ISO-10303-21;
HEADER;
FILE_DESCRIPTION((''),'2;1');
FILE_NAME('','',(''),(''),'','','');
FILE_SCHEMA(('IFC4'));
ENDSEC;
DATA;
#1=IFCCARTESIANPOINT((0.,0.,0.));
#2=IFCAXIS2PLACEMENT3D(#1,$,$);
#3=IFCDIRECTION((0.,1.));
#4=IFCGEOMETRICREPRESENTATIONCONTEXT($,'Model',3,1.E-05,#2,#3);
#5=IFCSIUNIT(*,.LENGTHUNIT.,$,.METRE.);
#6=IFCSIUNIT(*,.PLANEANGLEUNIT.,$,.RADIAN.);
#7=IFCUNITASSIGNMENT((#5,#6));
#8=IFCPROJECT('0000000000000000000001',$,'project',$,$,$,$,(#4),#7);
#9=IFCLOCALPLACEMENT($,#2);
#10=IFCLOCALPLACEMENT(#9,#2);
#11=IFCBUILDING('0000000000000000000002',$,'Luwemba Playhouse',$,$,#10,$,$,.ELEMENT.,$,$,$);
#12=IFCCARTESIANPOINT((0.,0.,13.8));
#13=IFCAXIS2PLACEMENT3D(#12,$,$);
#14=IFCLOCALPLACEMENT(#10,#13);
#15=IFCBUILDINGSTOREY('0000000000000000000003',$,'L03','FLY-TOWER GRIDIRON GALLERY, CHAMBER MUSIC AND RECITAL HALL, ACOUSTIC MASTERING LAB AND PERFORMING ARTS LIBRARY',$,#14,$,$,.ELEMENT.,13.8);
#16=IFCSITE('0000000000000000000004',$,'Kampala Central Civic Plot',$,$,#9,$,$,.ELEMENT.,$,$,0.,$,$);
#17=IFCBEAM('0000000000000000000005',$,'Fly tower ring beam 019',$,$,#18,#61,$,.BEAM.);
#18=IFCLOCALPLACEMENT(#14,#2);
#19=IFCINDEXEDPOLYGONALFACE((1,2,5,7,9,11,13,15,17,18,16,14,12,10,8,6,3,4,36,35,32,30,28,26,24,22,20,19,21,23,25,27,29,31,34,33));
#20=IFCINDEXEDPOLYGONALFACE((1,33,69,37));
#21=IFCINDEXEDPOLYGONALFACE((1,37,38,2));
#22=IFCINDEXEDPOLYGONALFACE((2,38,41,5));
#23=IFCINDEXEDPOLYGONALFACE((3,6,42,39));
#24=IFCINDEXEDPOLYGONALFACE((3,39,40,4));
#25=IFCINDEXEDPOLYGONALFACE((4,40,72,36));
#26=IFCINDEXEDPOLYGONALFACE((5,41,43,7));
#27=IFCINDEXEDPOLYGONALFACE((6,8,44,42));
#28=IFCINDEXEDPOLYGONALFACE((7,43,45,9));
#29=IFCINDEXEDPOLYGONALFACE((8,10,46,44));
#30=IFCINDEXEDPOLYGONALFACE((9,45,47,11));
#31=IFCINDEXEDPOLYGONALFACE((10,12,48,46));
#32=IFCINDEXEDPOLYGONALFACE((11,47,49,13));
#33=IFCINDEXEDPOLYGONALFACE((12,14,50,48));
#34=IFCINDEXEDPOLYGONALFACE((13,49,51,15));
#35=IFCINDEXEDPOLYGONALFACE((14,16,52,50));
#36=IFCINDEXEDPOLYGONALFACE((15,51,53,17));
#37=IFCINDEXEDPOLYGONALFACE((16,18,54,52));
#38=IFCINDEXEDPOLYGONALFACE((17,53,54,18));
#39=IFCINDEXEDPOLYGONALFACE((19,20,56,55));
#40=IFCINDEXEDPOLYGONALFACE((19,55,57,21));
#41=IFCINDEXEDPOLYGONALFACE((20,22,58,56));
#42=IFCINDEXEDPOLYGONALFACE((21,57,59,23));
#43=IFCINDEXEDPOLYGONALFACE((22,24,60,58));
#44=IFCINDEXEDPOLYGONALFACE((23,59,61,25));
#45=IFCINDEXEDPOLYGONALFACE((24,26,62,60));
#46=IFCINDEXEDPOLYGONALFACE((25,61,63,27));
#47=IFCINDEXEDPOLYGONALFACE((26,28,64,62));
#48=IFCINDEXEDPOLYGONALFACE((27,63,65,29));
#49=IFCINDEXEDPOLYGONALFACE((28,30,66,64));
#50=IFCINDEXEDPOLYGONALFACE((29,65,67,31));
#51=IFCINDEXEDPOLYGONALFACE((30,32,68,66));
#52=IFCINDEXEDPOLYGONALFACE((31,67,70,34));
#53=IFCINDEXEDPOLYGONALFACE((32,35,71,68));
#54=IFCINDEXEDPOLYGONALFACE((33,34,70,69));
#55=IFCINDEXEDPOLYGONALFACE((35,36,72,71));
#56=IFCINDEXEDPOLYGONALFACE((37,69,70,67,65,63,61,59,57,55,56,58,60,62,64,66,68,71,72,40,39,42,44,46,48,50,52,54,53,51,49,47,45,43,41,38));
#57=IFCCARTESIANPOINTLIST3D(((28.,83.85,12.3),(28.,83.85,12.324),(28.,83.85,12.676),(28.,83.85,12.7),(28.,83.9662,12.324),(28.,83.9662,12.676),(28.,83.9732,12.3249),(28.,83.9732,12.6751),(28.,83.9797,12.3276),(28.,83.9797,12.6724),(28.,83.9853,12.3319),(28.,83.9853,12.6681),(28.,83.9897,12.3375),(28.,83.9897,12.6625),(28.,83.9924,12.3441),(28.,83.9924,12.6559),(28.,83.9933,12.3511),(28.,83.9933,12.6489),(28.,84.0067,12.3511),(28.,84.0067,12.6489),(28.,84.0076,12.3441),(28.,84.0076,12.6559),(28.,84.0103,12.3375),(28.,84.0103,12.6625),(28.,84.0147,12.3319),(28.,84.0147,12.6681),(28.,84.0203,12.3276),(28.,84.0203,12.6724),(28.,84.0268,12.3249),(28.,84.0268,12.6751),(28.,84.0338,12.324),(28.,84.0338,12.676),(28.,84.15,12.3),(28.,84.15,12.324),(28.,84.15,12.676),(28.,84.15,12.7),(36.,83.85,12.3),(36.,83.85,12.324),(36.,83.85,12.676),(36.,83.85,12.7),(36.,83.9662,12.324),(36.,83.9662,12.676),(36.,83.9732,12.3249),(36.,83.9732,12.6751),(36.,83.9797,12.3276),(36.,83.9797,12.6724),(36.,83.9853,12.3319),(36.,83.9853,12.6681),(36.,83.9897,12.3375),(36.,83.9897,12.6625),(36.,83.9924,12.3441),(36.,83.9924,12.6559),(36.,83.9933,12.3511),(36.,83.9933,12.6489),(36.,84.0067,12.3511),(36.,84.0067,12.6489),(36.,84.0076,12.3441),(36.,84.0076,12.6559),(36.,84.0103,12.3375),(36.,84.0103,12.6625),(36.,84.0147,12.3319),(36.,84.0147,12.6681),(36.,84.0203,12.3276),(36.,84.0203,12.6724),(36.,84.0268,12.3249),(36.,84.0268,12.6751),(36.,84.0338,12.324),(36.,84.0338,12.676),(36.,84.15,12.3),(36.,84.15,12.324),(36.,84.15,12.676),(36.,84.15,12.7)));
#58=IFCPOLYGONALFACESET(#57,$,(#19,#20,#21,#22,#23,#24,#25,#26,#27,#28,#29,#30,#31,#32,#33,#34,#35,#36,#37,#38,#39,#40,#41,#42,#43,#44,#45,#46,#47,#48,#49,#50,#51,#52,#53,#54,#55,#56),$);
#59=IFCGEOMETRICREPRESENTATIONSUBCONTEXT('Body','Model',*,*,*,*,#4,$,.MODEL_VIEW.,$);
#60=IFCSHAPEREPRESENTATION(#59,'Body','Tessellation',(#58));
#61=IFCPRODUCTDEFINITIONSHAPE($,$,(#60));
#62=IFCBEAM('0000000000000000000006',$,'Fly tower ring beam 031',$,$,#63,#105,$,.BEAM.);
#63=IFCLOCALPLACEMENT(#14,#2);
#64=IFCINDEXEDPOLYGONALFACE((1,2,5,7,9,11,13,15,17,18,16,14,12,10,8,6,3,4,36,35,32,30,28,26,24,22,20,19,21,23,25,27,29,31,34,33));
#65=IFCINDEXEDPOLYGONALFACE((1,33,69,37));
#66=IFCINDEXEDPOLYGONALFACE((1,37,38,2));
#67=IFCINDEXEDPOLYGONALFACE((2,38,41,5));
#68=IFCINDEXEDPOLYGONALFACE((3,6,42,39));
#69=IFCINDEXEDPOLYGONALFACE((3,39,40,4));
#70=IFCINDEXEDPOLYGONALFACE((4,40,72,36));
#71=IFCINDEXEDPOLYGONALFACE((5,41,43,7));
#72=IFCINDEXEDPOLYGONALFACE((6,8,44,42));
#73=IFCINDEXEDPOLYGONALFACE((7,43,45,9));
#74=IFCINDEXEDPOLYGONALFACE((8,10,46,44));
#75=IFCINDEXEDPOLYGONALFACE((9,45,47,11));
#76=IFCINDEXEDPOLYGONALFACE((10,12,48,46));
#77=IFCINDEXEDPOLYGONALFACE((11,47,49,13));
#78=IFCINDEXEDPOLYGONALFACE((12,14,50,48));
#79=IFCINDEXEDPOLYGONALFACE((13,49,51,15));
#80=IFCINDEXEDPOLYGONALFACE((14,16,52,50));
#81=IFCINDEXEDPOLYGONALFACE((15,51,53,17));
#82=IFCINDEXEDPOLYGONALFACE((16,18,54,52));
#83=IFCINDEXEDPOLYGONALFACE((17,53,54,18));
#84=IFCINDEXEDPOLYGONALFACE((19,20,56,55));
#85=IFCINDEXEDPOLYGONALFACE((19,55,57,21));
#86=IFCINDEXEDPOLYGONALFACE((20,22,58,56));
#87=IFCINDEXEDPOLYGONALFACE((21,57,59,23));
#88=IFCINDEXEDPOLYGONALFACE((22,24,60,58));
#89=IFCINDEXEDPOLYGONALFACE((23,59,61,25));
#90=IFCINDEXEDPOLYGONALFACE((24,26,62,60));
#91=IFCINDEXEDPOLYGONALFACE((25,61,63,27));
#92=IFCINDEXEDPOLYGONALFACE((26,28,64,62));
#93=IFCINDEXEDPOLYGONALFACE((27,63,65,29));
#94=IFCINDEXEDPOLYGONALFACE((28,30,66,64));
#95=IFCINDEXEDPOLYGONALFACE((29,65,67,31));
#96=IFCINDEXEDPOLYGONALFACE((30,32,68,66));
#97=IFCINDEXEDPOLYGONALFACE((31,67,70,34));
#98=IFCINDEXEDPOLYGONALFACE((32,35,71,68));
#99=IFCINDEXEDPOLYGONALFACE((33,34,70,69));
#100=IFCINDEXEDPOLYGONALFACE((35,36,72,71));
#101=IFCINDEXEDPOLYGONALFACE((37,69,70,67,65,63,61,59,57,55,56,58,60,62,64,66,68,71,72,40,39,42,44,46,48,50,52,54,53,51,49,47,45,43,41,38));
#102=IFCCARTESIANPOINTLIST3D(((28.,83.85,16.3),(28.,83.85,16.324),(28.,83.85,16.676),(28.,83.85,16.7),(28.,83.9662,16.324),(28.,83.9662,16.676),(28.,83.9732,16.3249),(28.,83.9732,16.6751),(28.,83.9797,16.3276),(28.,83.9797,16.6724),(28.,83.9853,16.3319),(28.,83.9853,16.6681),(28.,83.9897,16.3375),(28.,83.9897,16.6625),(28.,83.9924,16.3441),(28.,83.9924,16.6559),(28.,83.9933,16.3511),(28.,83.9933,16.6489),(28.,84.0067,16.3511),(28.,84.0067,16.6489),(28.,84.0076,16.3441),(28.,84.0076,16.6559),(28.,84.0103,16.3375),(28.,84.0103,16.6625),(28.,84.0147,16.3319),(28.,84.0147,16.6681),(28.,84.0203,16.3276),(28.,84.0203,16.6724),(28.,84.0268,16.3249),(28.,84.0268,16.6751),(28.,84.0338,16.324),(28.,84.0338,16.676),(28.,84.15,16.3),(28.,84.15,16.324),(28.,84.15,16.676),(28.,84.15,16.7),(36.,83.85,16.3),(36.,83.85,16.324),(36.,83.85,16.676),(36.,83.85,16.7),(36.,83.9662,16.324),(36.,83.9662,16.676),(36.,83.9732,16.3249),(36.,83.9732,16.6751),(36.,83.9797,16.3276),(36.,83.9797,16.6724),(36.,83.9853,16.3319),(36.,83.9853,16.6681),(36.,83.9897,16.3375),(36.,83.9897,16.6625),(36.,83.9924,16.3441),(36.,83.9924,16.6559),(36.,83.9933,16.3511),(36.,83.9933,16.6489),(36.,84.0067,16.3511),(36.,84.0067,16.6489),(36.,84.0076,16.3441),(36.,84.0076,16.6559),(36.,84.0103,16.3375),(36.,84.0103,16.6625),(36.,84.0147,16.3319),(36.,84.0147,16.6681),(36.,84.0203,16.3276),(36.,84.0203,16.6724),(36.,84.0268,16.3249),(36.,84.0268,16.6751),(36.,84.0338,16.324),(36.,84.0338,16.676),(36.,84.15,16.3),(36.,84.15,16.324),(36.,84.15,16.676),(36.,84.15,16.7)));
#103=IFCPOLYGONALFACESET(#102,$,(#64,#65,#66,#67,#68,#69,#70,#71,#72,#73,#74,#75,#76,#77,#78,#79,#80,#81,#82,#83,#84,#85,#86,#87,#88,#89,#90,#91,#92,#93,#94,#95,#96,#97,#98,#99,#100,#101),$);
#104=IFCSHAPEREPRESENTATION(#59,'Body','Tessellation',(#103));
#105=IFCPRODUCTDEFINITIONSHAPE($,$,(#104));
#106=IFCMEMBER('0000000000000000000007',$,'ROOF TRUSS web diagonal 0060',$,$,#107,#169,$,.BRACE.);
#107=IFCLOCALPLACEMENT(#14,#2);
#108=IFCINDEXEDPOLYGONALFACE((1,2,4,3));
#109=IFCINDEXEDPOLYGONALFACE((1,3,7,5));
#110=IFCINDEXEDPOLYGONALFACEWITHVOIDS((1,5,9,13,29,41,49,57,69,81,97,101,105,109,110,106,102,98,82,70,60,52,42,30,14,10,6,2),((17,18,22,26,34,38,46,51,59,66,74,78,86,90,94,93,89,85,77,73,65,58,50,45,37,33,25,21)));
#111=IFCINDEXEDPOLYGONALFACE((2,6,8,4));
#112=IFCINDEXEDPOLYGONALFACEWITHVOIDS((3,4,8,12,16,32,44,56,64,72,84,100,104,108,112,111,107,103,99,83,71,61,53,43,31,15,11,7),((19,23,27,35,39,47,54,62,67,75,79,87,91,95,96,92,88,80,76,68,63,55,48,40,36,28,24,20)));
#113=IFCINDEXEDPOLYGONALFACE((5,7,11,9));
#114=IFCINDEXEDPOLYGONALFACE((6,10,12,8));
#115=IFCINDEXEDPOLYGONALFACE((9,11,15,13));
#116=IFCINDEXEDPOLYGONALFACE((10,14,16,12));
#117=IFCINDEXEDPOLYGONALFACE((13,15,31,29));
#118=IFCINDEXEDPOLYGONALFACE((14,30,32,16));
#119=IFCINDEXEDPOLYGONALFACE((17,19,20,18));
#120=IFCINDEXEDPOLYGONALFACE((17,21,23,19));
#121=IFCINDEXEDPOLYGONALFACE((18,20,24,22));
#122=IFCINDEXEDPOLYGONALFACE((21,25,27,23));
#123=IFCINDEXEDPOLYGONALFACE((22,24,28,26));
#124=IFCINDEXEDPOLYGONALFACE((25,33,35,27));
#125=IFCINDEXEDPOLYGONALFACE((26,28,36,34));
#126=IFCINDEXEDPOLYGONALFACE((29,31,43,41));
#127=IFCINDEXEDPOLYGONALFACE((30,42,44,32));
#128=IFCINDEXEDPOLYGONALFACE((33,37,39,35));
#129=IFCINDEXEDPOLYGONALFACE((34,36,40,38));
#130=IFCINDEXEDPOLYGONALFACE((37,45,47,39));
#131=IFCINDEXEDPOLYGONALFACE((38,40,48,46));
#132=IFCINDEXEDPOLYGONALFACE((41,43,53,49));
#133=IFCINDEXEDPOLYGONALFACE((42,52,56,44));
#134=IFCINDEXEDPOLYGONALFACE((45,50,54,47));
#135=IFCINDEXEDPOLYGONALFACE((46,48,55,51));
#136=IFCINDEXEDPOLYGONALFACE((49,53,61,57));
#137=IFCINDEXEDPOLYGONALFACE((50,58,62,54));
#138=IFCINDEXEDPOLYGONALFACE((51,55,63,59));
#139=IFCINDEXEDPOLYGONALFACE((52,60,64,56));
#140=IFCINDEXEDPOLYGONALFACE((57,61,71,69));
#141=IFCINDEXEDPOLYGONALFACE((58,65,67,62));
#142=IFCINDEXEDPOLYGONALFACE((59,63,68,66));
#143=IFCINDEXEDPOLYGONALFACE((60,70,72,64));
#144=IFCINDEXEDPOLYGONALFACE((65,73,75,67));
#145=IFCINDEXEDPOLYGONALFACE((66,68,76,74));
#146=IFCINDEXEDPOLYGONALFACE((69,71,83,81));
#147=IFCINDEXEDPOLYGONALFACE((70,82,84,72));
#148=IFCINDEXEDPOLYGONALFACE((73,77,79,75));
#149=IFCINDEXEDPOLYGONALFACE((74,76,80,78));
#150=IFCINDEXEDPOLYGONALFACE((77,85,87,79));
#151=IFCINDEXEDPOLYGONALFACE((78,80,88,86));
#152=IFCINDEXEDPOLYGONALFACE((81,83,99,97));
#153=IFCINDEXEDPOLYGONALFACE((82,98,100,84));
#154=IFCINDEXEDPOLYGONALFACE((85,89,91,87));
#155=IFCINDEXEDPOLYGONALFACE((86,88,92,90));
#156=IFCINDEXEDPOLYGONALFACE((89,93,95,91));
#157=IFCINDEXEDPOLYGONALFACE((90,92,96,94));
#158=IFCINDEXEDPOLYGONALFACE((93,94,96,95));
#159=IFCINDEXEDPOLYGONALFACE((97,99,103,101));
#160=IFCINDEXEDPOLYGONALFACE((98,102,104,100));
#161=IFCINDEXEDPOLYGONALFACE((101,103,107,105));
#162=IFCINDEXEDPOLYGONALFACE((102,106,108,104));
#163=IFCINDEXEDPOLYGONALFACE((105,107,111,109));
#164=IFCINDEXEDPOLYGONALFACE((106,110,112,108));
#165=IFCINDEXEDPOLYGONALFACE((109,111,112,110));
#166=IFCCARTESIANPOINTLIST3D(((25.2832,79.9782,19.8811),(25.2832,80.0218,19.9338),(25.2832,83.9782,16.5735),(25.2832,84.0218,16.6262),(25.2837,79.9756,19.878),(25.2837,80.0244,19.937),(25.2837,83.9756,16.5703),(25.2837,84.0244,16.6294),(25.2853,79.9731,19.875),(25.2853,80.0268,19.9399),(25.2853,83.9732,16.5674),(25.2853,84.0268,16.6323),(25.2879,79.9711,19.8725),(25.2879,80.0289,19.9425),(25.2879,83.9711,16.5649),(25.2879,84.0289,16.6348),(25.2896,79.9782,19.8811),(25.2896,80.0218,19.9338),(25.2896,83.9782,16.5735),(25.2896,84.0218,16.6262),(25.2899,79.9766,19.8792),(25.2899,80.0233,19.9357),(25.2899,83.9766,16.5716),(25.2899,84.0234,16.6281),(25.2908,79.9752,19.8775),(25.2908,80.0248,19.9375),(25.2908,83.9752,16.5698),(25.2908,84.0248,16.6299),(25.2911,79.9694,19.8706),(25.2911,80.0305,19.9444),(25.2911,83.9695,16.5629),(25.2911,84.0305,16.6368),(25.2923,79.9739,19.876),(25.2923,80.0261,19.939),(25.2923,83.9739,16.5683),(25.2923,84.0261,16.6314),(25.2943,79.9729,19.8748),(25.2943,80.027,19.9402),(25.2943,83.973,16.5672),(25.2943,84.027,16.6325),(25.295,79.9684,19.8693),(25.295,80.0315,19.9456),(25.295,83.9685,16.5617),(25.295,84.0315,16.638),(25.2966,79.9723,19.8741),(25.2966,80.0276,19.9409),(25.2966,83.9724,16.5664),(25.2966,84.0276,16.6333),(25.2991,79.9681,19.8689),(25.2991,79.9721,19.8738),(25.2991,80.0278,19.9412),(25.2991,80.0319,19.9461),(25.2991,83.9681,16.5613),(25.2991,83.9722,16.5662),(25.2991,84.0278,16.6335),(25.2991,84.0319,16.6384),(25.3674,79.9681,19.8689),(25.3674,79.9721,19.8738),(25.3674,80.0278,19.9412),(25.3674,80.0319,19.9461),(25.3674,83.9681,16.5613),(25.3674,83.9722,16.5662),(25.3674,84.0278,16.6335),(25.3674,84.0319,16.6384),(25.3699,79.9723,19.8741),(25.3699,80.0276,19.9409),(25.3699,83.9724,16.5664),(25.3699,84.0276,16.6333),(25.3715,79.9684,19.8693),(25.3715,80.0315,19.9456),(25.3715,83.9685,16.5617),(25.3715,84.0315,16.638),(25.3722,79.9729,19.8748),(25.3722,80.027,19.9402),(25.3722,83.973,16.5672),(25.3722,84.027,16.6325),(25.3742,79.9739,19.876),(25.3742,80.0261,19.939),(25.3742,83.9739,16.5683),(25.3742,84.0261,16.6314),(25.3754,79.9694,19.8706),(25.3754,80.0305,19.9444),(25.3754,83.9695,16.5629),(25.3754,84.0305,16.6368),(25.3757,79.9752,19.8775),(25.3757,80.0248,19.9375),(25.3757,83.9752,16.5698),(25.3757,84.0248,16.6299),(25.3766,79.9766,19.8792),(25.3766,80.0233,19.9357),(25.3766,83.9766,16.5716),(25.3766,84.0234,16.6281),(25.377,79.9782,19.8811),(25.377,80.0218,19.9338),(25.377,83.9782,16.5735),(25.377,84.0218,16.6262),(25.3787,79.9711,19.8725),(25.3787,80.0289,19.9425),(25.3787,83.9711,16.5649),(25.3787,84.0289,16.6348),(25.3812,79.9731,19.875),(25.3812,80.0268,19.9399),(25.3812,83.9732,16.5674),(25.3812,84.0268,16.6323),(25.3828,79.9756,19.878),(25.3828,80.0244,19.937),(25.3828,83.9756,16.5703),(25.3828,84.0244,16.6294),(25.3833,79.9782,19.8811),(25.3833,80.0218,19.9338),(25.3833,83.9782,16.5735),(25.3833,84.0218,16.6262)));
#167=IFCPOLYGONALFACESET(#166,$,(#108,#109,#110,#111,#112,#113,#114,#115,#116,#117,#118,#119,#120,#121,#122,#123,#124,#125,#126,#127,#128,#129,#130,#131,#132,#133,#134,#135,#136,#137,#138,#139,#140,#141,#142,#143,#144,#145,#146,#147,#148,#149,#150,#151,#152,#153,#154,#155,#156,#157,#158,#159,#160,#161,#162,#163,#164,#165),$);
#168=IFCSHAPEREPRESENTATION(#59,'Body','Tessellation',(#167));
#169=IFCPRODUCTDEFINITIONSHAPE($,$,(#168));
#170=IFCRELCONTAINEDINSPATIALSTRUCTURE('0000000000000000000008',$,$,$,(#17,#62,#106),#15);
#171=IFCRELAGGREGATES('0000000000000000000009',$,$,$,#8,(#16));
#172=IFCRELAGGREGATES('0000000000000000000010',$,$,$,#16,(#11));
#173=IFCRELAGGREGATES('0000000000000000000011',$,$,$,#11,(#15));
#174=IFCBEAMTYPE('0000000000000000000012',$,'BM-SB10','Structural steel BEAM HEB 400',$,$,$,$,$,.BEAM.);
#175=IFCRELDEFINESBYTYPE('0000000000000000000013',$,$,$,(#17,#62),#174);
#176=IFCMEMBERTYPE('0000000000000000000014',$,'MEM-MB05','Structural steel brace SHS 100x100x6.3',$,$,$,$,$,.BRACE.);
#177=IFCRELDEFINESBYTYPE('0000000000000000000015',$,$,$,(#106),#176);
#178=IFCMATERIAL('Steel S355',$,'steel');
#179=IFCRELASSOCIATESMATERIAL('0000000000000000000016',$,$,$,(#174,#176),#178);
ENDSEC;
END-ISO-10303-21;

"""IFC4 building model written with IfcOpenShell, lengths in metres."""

from ifc_helpers import new_model, si_unit, direction, frame, origin, origin_2d, place, context, subcontext, project, spatial, hollow_rectangle, i_section, extrude, material, material_profile, profile_set, type_object, element, save


model = new_model("IFC4")

# Units and contexts
model_context = context("Model", 3, precision=1e-05, world=origin(), true_north=direction((0.0, 1.0)))
body_context = subcontext(model_context, "Body", "Model", "MODEL_VIEW")
ifc_project = project(units=[si_unit("LENGTHUNIT", "METRE"), si_unit("PLANEANGLEUNIT", "RADIAN")], contexts=[model_context])

# Site, building, storey
site_placement = place(None, origin())
site = spatial("IfcSite", under=ifc_project, at=site_placement, Name="Kampala Central Civic Plot", CompositionType="ELEMENT", RefElevation=0.0)
building_placement = place(site_placement, origin())
building = spatial("IfcBuilding", under=site, at=building_placement, Name="Luwemba Playhouse", CompositionType="ELEMENT")
storey_placement = place(building_placement, frame((0.0, 0.0, 13.8)))
storey = spatial("IfcBuildingStorey", under=building, at=storey_placement, Name="L03", Description="FLY-TOWER GRIDIRON GALLERY, CHAMBER MUSIC AND RECITAL HALL, ACOUSTIC MASTERING LAB AND PERFORMING ARTS LIBRARY", CompositionType="ELEMENT", Elevation=13.8)

# Shared definitions
ifc_material_1 = material(Name="Steel S355", Category="steel")

# Beams
ifc_material_profile_1 = material_profile(ifc_material_1, i_section(OverallWidth=0.3, OverallDepth=0.3999, WebThickness=0.0134, FlangeThickness=0.0239, FilletRadius=0.0271, at=origin_2d()))
ifc_profile_set_1 = profile_set([ifc_material_profile_1], Name="Steel S355")
beam_type = type_object("IfcBeamType", Name="BM-SB10", Description="Structural steel BEAM HEB 400", PredefinedType="BEAM", material=ifc_profile_set_1)
for number, where, z_axis, x_axis, name in (
    (1, (28.0, 84.0, 12.5), (1.0, 0.0, 0.0), (0.0, 1.0, 0.0), "Fly tower ring beam 019"),
    (2, (28.0, 84.0, 16.5), (1.0, 0.0, 0.0), (0.0, 1.0, 0.0), "Fly tower ring beam 031"),
):
    element("IfcBeam", number, at=place(storey_placement, frame(where, z_axis=z_axis, x_axis=x_axis)), inside=storey, type_object=beam_type, Name=name, PredefinedType="BEAM", context=body_context, shape_type="SweptSolid", body=[
        extrude(i_section(OverallWidth=0.3, OverallDepth=0.3999, WebThickness=0.0134, FlangeThickness=0.0239, FilletRadius=0.0271, at=origin_2d()), origin(), (0.0, 0.0, 1.0), 8.0),
    ])

# Member
ifc_material_profile_2 = material_profile(ifc_material_1, hollow_rectangle(XDim=0.1001, YDim=0.1001, WallThickness=0.0063, InnerFilletRadius=0.0095, OuterFilletRadius=0.0159, at=origin_2d()))
ifc_profile_set_2 = profile_set([ifc_material_profile_2], Name="Steel S355")
member_type_1 = type_object("IfcMemberType", Name="MEM-MB05", Description="Structural steel brace SHS 100x100x6.3", PredefinedType="BRACE", material=ifc_profile_set_2)
member_1_placement = place(storey_placement, frame((25.3333, 84.0, 16.5999), z_axis=(0.0, -0.770652, 0.637256), x_axis=(1.0, 0.0, 0.0)))
element("IfcMember", 3, at=member_1_placement, inside=storey, type_object=member_type_1, Name="ROOF TRUSS web diagonal 0060", PredefinedType="BRACE", context=body_context, shape_type="SweptSolid", body=[
    extrude(hollow_rectangle(XDim=0.1001, YDim=0.1001, WallThickness=0.0063, InnerFilletRadius=0.0095, OuterFilletRadius=0.0159, at=origin_2d()), origin(), (0.0, 0.0, 1.0), 5.1904),
])

save(model, "model.ifc")
